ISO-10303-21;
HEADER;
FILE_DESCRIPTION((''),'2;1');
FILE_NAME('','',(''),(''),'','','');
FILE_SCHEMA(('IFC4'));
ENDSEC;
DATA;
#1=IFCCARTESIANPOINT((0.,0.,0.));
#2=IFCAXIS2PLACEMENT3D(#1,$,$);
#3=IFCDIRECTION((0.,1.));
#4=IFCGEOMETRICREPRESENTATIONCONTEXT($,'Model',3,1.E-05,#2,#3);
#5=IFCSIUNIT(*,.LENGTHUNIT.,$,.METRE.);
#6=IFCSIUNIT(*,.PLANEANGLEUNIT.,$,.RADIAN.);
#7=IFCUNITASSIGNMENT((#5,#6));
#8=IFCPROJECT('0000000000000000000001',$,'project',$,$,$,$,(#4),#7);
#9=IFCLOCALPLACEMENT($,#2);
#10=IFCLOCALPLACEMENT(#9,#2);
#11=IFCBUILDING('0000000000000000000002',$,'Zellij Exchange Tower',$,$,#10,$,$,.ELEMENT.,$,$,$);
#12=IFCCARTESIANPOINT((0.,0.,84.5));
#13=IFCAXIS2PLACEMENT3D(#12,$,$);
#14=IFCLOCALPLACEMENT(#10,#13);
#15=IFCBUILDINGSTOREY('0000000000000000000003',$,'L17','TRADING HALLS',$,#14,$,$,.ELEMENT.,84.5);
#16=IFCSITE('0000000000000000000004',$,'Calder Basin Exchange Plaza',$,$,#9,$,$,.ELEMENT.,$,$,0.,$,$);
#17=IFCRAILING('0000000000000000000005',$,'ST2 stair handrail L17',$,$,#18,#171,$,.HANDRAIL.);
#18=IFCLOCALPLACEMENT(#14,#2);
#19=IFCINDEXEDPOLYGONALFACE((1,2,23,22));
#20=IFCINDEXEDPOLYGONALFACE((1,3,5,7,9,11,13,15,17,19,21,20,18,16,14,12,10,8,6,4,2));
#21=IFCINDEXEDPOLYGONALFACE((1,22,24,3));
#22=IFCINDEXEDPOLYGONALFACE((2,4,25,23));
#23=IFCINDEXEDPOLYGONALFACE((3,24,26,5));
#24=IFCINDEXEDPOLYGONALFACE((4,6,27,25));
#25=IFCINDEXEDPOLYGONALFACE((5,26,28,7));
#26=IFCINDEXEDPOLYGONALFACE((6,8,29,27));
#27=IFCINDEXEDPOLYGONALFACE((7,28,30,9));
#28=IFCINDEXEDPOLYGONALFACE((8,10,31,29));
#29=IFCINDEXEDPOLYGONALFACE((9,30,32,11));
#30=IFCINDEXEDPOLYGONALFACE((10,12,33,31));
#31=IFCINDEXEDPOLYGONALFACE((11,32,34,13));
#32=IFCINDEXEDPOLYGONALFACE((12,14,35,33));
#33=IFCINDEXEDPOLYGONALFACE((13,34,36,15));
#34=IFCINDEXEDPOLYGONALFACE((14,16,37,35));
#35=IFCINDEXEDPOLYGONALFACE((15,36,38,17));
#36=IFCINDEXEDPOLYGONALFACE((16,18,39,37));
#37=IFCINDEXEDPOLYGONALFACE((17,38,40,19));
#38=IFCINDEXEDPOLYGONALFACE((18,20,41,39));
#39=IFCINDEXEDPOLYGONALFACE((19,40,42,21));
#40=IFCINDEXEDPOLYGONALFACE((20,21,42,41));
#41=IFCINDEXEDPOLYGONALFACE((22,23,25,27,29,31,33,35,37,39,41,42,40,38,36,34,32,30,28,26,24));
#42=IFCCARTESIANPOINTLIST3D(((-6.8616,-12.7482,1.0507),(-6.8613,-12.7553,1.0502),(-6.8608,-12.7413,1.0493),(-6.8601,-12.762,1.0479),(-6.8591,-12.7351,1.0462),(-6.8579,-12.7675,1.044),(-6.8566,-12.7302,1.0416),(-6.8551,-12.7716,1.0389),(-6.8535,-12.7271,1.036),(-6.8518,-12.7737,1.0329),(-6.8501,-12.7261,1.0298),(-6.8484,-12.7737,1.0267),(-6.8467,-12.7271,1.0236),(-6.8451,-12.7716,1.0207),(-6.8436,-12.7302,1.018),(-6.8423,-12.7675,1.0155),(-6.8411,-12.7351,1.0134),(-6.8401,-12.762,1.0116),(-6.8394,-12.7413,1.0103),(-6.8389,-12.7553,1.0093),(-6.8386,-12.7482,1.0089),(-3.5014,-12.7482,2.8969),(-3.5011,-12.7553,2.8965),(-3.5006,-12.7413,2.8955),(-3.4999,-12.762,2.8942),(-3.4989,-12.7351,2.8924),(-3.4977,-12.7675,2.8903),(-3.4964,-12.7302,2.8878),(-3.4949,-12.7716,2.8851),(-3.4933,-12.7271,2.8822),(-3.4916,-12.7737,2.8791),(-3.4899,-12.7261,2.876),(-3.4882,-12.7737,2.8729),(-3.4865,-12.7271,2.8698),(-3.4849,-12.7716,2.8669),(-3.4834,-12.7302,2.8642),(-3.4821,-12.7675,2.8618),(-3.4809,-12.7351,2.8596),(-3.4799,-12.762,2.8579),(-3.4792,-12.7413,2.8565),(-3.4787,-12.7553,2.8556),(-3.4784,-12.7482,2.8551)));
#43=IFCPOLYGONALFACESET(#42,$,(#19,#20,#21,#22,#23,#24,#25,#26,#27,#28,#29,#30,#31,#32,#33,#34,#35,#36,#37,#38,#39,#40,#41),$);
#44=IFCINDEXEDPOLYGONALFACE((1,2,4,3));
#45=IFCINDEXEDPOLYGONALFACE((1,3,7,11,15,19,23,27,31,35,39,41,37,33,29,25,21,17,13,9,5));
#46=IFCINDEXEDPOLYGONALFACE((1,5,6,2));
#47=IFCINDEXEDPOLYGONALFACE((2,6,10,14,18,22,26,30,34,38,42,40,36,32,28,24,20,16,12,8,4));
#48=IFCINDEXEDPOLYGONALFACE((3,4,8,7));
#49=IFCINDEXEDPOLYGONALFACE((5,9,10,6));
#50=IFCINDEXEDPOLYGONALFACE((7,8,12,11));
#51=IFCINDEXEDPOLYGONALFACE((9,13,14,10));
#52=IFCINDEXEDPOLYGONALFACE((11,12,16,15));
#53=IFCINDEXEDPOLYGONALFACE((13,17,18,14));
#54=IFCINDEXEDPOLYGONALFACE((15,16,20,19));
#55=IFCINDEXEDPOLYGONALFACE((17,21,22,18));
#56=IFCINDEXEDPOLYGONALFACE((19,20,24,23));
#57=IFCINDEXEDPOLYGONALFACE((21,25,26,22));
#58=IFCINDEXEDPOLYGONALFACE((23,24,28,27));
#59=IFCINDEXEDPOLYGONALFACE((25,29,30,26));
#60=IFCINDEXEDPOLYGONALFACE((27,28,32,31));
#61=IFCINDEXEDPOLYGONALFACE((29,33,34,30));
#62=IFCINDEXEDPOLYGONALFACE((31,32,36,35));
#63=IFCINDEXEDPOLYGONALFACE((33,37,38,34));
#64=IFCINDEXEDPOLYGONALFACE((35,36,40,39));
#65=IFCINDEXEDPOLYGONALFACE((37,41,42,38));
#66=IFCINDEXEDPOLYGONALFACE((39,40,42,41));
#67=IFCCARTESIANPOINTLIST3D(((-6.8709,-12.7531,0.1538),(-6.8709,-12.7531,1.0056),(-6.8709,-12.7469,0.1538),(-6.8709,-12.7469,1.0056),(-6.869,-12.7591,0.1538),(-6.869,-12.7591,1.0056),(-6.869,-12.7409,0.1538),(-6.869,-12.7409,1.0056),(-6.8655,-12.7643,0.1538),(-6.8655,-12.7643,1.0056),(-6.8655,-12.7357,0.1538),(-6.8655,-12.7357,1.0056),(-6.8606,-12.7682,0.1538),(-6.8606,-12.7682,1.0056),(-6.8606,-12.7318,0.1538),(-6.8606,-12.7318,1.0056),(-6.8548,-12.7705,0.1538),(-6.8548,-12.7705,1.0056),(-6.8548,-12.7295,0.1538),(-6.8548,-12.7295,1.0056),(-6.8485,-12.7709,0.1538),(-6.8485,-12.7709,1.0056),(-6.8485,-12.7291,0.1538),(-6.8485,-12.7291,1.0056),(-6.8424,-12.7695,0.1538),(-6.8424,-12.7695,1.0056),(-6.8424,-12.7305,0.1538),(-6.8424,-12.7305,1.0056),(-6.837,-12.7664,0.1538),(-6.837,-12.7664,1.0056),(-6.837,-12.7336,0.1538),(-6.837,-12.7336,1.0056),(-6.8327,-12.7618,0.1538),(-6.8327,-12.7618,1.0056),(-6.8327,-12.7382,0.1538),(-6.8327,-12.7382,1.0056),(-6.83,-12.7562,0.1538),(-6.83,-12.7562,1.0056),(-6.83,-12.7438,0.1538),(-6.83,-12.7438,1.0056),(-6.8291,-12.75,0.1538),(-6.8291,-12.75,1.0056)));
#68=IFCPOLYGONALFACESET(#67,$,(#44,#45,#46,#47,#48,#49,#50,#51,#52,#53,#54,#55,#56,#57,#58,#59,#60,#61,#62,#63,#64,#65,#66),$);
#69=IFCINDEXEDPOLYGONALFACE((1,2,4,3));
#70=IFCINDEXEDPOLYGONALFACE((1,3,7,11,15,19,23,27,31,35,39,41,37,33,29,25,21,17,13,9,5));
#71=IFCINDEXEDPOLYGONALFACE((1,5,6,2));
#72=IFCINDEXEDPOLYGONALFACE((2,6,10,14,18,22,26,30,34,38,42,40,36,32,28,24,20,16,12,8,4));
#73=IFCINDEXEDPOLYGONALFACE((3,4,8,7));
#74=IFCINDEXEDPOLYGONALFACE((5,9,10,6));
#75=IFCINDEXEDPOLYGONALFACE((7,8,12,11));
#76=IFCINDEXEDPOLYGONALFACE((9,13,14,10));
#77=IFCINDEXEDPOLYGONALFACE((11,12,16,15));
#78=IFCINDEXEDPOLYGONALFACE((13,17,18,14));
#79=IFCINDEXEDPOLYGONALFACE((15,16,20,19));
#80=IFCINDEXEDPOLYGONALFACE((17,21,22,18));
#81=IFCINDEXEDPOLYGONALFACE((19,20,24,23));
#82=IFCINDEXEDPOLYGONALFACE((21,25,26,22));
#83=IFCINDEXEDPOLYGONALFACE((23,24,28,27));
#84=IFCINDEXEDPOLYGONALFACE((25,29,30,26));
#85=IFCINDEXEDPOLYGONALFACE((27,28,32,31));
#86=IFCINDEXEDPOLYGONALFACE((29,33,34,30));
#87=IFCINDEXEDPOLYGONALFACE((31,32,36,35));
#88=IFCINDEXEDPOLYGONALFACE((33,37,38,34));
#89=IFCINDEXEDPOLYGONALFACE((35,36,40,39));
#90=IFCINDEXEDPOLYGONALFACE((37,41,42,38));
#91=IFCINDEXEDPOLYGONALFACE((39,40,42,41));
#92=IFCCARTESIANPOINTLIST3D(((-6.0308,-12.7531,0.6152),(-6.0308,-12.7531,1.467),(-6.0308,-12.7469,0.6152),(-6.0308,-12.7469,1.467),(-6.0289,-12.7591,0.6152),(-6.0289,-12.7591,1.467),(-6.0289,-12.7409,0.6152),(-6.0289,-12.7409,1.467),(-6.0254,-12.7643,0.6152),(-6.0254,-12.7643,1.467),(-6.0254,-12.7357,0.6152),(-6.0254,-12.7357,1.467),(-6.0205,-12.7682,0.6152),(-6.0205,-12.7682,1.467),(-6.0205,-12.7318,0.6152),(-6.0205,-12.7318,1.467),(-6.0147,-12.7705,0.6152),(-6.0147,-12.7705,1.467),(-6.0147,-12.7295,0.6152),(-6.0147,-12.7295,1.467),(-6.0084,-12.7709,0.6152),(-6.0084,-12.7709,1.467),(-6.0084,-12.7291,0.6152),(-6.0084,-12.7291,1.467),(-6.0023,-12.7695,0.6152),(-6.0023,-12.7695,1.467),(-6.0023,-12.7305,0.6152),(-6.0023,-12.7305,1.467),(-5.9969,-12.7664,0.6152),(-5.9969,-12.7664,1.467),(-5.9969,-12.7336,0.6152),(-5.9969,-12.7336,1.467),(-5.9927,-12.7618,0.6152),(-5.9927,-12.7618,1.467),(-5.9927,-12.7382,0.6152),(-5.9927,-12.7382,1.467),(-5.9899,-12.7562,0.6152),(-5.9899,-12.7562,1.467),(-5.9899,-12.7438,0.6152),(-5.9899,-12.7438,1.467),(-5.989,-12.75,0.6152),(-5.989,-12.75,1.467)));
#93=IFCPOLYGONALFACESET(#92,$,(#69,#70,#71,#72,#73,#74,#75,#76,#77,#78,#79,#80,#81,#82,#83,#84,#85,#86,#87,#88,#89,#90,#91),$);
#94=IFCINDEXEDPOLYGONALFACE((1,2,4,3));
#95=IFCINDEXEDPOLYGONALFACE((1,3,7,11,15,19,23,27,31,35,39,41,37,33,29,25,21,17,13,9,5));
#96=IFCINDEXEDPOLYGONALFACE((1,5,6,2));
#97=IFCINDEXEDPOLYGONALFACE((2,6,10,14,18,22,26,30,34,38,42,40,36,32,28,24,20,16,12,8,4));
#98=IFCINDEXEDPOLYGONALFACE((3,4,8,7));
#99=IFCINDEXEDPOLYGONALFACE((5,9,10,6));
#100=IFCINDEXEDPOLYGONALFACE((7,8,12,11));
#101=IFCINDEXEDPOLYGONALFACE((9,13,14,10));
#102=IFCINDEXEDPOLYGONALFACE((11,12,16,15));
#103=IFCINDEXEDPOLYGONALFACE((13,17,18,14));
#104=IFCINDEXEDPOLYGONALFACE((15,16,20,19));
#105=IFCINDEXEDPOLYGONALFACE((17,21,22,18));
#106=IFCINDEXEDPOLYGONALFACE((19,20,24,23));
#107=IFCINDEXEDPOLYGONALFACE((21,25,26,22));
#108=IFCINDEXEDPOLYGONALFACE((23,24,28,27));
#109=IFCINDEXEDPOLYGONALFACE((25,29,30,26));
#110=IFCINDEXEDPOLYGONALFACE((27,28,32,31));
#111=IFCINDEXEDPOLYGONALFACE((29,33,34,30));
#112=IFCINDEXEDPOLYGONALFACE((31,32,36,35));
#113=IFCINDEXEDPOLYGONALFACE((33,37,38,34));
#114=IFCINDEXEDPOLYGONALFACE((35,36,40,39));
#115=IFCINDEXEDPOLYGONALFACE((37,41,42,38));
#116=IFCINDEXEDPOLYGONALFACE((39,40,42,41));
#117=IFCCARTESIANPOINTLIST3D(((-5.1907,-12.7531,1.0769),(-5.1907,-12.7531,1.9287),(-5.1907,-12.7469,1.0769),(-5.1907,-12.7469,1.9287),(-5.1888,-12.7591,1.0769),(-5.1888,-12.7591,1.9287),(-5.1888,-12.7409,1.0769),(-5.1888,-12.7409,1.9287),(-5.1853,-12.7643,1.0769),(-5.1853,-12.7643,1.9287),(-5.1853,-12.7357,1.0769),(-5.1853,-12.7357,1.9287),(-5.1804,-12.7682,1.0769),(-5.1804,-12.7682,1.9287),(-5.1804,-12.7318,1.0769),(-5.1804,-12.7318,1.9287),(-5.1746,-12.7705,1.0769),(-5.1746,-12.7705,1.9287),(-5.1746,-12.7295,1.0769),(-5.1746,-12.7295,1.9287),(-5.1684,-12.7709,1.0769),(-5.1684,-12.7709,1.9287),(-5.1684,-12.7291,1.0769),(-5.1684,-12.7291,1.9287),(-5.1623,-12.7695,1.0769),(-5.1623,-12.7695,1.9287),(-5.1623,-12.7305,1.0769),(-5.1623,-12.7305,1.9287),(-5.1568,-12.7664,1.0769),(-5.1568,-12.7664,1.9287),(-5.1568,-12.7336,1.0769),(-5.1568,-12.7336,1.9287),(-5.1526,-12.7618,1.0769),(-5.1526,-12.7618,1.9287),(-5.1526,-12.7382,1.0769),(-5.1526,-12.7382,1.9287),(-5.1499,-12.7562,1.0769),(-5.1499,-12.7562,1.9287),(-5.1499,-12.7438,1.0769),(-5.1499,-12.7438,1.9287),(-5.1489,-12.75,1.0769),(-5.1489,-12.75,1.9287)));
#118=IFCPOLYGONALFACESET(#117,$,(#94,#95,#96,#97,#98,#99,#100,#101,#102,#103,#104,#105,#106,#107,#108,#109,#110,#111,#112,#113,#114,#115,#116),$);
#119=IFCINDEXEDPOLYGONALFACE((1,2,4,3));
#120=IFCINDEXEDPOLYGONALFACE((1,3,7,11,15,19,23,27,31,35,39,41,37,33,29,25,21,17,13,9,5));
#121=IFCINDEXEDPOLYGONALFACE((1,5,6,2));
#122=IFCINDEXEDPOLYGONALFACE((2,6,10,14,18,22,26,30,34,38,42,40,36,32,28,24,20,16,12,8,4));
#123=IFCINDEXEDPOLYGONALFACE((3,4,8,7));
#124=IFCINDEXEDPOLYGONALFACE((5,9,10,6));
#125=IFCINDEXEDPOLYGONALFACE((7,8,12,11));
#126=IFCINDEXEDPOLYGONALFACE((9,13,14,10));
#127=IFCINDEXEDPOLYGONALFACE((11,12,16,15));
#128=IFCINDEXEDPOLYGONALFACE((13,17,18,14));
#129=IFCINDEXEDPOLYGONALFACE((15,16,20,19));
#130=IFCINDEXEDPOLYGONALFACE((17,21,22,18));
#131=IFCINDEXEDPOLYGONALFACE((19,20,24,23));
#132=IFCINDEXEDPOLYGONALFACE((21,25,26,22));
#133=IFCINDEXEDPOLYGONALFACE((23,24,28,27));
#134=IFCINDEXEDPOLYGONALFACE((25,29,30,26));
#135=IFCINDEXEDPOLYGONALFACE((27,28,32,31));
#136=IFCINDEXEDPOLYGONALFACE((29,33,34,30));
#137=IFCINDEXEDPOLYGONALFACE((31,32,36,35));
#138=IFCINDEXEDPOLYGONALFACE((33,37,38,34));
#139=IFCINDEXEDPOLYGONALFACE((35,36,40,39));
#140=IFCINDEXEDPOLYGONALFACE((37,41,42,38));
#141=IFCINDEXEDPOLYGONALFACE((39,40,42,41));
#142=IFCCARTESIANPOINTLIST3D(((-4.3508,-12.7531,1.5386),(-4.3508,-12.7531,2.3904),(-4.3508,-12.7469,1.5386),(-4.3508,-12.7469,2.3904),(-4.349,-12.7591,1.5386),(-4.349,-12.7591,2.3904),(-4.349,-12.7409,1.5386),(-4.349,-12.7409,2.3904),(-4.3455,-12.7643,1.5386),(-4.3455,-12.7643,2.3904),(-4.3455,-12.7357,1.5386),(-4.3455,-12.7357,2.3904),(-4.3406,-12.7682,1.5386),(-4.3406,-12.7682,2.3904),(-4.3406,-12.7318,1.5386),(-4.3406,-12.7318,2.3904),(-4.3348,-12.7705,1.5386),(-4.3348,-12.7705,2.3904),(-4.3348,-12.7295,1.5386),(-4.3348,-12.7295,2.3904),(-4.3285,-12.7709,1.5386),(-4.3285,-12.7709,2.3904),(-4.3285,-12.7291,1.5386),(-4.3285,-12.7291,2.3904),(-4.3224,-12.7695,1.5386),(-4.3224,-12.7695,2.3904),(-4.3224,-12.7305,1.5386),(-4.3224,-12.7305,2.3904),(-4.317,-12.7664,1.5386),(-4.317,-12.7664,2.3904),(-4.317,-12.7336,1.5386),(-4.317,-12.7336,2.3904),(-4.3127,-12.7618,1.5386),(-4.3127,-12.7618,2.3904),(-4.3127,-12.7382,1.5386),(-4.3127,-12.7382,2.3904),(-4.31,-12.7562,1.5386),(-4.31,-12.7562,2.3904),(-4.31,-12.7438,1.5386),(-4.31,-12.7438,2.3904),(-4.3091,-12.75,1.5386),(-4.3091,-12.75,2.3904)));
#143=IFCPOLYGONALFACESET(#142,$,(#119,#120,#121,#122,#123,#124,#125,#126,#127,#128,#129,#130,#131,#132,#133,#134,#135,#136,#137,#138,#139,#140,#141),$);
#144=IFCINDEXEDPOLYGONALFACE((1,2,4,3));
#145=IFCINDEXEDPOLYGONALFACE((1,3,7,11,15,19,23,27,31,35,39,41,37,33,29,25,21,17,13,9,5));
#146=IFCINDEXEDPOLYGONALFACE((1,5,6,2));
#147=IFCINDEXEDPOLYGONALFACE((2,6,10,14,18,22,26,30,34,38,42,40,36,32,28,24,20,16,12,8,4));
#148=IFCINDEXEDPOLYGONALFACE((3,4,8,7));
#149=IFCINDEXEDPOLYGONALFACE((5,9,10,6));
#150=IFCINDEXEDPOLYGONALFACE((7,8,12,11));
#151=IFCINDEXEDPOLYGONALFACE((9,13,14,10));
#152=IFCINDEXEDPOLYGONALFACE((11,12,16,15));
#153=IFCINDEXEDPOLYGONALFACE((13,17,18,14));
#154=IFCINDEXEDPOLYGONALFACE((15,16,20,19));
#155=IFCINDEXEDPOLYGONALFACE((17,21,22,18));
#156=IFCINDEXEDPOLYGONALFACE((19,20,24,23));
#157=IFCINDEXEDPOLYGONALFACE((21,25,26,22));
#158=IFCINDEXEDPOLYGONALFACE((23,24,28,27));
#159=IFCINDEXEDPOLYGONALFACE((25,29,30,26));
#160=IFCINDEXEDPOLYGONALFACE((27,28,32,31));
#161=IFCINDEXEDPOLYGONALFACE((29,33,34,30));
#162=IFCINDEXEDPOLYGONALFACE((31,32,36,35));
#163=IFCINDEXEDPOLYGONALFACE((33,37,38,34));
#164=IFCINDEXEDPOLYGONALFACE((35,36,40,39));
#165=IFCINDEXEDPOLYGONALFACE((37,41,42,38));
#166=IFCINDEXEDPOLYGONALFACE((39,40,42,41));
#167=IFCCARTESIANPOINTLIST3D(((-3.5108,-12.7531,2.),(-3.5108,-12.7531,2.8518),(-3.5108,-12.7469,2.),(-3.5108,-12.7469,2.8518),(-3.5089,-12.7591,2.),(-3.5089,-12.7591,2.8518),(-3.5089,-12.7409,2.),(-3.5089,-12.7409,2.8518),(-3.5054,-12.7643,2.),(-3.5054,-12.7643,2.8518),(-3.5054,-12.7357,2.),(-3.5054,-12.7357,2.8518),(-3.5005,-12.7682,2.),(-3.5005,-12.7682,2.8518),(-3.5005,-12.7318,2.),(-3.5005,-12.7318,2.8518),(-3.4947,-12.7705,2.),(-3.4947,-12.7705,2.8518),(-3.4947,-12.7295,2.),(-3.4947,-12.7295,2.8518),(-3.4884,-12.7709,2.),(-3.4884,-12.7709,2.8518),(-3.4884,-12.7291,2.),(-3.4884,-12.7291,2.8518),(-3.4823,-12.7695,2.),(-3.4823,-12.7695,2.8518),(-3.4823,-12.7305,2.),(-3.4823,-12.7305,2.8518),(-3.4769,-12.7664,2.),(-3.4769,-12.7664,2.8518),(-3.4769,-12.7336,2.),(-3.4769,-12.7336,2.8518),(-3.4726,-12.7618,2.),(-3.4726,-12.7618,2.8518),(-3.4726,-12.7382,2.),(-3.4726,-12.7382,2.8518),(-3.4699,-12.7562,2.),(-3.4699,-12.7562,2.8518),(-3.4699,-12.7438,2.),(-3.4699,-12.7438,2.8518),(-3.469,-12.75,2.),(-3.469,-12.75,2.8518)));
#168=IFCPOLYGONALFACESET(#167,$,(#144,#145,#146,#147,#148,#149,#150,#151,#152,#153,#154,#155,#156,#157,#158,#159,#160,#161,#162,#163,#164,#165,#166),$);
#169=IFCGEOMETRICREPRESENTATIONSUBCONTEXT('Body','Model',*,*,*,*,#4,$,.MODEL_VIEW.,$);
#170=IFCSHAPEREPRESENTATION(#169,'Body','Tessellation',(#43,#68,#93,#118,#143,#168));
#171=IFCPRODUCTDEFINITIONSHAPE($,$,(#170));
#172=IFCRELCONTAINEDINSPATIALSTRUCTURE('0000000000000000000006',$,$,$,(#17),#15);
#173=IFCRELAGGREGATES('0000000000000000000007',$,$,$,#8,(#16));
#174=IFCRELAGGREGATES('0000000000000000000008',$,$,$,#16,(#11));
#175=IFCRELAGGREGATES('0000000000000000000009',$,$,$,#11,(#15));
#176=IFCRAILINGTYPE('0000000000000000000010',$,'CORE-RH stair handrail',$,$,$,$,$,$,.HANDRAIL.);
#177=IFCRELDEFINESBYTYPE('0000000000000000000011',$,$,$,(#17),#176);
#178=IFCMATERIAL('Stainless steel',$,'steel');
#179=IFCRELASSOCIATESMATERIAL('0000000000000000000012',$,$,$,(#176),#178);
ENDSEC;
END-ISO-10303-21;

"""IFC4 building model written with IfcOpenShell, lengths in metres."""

from ifc_helpers import new_model, si_unit, direction, frame, origin, origin_2d, place, context, subcontext, project, spatial, circle, extrude, material, type_object, element, save


model = new_model("IFC4")

# Units and contexts
model_context = context("Model", 3, precision=1e-05, world=origin(), true_north=direction((0.0, 1.0)))
body_context = subcontext(model_context, "Body", "Model", "MODEL_VIEW")
ifc_project = project(units=[si_unit("LENGTHUNIT", "METRE"), si_unit("PLANEANGLEUNIT", "RADIAN")], contexts=[model_context])

# Site, building, storey
site_placement = place(None, origin())
site = spatial("IfcSite", under=ifc_project, at=site_placement, Name="Calder Basin Exchange Plaza", CompositionType="ELEMENT", RefElevation=0.0)
building_placement = place(site_placement, origin())
building = spatial("IfcBuilding", under=site, at=building_placement, Name="Zellij Exchange Tower", CompositionType="ELEMENT")
storey_placement = place(building_placement, frame((0.0, 0.0, 84.5)))
storey = spatial("IfcBuildingStorey", under=building, at=storey_placement, Name="L17", Description="TRADING HALLS", CompositionType="ELEMENT", Elevation=84.5)

# Railing
ifc_material_1 = material(Name="Stainless steel", Category="steel")
railing_type_1 = type_object("IfcRailingType", Name="CORE-RH stair handrail", PredefinedType="HANDRAIL", material=ifc_material_1)
railing_1_placement = place(storey_placement, frame((-6.8501, -12.75, 0.1538)))
element("IfcRailing", 1, at=railing_1_placement, inside=storey, type_object=railing_type_1, Name="ST2 stair handrail L17", PredefinedType="HANDRAIL", context=body_context, shape_type="SweptSolid", body=[
    extrude(circle(Radius=0.0239, at=origin_2d()), frame((0.0, 0.0, 0.876), z_axis=(0.876422, 0.0, 0.481545), x_axis=(0.0, 1.0, 0.0)), (0.0, 0.0, 1.0), 3.834),
    extrude(circle(Radius=0.021, at=origin_2d()), origin(), (0.0, 0.0, 1.0), 0.8518),
    extrude(circle(Radius=0.021, at=origin_2d()), frame((0.8401, 0.0, 0.4614)), (0.0, 0.0, 1.0), 0.8518),
    extrude(circle(Radius=0.021, at=origin_2d()), frame((1.6802, 0.0, 0.9231)), (0.0, 0.0, 1.0), 0.8518),
    extrude(circle(Radius=0.021, at=origin_2d()), frame((2.52, 0.0, 1.3848)), (0.0, 0.0, 1.0), 0.8518),
    extrude(circle(Radius=0.021, at=origin_2d()), frame((3.3601, 0.0, 1.8462)), (0.0, 0.0, 1.0), 0.8518),
])

save(model, "model.ifc")
